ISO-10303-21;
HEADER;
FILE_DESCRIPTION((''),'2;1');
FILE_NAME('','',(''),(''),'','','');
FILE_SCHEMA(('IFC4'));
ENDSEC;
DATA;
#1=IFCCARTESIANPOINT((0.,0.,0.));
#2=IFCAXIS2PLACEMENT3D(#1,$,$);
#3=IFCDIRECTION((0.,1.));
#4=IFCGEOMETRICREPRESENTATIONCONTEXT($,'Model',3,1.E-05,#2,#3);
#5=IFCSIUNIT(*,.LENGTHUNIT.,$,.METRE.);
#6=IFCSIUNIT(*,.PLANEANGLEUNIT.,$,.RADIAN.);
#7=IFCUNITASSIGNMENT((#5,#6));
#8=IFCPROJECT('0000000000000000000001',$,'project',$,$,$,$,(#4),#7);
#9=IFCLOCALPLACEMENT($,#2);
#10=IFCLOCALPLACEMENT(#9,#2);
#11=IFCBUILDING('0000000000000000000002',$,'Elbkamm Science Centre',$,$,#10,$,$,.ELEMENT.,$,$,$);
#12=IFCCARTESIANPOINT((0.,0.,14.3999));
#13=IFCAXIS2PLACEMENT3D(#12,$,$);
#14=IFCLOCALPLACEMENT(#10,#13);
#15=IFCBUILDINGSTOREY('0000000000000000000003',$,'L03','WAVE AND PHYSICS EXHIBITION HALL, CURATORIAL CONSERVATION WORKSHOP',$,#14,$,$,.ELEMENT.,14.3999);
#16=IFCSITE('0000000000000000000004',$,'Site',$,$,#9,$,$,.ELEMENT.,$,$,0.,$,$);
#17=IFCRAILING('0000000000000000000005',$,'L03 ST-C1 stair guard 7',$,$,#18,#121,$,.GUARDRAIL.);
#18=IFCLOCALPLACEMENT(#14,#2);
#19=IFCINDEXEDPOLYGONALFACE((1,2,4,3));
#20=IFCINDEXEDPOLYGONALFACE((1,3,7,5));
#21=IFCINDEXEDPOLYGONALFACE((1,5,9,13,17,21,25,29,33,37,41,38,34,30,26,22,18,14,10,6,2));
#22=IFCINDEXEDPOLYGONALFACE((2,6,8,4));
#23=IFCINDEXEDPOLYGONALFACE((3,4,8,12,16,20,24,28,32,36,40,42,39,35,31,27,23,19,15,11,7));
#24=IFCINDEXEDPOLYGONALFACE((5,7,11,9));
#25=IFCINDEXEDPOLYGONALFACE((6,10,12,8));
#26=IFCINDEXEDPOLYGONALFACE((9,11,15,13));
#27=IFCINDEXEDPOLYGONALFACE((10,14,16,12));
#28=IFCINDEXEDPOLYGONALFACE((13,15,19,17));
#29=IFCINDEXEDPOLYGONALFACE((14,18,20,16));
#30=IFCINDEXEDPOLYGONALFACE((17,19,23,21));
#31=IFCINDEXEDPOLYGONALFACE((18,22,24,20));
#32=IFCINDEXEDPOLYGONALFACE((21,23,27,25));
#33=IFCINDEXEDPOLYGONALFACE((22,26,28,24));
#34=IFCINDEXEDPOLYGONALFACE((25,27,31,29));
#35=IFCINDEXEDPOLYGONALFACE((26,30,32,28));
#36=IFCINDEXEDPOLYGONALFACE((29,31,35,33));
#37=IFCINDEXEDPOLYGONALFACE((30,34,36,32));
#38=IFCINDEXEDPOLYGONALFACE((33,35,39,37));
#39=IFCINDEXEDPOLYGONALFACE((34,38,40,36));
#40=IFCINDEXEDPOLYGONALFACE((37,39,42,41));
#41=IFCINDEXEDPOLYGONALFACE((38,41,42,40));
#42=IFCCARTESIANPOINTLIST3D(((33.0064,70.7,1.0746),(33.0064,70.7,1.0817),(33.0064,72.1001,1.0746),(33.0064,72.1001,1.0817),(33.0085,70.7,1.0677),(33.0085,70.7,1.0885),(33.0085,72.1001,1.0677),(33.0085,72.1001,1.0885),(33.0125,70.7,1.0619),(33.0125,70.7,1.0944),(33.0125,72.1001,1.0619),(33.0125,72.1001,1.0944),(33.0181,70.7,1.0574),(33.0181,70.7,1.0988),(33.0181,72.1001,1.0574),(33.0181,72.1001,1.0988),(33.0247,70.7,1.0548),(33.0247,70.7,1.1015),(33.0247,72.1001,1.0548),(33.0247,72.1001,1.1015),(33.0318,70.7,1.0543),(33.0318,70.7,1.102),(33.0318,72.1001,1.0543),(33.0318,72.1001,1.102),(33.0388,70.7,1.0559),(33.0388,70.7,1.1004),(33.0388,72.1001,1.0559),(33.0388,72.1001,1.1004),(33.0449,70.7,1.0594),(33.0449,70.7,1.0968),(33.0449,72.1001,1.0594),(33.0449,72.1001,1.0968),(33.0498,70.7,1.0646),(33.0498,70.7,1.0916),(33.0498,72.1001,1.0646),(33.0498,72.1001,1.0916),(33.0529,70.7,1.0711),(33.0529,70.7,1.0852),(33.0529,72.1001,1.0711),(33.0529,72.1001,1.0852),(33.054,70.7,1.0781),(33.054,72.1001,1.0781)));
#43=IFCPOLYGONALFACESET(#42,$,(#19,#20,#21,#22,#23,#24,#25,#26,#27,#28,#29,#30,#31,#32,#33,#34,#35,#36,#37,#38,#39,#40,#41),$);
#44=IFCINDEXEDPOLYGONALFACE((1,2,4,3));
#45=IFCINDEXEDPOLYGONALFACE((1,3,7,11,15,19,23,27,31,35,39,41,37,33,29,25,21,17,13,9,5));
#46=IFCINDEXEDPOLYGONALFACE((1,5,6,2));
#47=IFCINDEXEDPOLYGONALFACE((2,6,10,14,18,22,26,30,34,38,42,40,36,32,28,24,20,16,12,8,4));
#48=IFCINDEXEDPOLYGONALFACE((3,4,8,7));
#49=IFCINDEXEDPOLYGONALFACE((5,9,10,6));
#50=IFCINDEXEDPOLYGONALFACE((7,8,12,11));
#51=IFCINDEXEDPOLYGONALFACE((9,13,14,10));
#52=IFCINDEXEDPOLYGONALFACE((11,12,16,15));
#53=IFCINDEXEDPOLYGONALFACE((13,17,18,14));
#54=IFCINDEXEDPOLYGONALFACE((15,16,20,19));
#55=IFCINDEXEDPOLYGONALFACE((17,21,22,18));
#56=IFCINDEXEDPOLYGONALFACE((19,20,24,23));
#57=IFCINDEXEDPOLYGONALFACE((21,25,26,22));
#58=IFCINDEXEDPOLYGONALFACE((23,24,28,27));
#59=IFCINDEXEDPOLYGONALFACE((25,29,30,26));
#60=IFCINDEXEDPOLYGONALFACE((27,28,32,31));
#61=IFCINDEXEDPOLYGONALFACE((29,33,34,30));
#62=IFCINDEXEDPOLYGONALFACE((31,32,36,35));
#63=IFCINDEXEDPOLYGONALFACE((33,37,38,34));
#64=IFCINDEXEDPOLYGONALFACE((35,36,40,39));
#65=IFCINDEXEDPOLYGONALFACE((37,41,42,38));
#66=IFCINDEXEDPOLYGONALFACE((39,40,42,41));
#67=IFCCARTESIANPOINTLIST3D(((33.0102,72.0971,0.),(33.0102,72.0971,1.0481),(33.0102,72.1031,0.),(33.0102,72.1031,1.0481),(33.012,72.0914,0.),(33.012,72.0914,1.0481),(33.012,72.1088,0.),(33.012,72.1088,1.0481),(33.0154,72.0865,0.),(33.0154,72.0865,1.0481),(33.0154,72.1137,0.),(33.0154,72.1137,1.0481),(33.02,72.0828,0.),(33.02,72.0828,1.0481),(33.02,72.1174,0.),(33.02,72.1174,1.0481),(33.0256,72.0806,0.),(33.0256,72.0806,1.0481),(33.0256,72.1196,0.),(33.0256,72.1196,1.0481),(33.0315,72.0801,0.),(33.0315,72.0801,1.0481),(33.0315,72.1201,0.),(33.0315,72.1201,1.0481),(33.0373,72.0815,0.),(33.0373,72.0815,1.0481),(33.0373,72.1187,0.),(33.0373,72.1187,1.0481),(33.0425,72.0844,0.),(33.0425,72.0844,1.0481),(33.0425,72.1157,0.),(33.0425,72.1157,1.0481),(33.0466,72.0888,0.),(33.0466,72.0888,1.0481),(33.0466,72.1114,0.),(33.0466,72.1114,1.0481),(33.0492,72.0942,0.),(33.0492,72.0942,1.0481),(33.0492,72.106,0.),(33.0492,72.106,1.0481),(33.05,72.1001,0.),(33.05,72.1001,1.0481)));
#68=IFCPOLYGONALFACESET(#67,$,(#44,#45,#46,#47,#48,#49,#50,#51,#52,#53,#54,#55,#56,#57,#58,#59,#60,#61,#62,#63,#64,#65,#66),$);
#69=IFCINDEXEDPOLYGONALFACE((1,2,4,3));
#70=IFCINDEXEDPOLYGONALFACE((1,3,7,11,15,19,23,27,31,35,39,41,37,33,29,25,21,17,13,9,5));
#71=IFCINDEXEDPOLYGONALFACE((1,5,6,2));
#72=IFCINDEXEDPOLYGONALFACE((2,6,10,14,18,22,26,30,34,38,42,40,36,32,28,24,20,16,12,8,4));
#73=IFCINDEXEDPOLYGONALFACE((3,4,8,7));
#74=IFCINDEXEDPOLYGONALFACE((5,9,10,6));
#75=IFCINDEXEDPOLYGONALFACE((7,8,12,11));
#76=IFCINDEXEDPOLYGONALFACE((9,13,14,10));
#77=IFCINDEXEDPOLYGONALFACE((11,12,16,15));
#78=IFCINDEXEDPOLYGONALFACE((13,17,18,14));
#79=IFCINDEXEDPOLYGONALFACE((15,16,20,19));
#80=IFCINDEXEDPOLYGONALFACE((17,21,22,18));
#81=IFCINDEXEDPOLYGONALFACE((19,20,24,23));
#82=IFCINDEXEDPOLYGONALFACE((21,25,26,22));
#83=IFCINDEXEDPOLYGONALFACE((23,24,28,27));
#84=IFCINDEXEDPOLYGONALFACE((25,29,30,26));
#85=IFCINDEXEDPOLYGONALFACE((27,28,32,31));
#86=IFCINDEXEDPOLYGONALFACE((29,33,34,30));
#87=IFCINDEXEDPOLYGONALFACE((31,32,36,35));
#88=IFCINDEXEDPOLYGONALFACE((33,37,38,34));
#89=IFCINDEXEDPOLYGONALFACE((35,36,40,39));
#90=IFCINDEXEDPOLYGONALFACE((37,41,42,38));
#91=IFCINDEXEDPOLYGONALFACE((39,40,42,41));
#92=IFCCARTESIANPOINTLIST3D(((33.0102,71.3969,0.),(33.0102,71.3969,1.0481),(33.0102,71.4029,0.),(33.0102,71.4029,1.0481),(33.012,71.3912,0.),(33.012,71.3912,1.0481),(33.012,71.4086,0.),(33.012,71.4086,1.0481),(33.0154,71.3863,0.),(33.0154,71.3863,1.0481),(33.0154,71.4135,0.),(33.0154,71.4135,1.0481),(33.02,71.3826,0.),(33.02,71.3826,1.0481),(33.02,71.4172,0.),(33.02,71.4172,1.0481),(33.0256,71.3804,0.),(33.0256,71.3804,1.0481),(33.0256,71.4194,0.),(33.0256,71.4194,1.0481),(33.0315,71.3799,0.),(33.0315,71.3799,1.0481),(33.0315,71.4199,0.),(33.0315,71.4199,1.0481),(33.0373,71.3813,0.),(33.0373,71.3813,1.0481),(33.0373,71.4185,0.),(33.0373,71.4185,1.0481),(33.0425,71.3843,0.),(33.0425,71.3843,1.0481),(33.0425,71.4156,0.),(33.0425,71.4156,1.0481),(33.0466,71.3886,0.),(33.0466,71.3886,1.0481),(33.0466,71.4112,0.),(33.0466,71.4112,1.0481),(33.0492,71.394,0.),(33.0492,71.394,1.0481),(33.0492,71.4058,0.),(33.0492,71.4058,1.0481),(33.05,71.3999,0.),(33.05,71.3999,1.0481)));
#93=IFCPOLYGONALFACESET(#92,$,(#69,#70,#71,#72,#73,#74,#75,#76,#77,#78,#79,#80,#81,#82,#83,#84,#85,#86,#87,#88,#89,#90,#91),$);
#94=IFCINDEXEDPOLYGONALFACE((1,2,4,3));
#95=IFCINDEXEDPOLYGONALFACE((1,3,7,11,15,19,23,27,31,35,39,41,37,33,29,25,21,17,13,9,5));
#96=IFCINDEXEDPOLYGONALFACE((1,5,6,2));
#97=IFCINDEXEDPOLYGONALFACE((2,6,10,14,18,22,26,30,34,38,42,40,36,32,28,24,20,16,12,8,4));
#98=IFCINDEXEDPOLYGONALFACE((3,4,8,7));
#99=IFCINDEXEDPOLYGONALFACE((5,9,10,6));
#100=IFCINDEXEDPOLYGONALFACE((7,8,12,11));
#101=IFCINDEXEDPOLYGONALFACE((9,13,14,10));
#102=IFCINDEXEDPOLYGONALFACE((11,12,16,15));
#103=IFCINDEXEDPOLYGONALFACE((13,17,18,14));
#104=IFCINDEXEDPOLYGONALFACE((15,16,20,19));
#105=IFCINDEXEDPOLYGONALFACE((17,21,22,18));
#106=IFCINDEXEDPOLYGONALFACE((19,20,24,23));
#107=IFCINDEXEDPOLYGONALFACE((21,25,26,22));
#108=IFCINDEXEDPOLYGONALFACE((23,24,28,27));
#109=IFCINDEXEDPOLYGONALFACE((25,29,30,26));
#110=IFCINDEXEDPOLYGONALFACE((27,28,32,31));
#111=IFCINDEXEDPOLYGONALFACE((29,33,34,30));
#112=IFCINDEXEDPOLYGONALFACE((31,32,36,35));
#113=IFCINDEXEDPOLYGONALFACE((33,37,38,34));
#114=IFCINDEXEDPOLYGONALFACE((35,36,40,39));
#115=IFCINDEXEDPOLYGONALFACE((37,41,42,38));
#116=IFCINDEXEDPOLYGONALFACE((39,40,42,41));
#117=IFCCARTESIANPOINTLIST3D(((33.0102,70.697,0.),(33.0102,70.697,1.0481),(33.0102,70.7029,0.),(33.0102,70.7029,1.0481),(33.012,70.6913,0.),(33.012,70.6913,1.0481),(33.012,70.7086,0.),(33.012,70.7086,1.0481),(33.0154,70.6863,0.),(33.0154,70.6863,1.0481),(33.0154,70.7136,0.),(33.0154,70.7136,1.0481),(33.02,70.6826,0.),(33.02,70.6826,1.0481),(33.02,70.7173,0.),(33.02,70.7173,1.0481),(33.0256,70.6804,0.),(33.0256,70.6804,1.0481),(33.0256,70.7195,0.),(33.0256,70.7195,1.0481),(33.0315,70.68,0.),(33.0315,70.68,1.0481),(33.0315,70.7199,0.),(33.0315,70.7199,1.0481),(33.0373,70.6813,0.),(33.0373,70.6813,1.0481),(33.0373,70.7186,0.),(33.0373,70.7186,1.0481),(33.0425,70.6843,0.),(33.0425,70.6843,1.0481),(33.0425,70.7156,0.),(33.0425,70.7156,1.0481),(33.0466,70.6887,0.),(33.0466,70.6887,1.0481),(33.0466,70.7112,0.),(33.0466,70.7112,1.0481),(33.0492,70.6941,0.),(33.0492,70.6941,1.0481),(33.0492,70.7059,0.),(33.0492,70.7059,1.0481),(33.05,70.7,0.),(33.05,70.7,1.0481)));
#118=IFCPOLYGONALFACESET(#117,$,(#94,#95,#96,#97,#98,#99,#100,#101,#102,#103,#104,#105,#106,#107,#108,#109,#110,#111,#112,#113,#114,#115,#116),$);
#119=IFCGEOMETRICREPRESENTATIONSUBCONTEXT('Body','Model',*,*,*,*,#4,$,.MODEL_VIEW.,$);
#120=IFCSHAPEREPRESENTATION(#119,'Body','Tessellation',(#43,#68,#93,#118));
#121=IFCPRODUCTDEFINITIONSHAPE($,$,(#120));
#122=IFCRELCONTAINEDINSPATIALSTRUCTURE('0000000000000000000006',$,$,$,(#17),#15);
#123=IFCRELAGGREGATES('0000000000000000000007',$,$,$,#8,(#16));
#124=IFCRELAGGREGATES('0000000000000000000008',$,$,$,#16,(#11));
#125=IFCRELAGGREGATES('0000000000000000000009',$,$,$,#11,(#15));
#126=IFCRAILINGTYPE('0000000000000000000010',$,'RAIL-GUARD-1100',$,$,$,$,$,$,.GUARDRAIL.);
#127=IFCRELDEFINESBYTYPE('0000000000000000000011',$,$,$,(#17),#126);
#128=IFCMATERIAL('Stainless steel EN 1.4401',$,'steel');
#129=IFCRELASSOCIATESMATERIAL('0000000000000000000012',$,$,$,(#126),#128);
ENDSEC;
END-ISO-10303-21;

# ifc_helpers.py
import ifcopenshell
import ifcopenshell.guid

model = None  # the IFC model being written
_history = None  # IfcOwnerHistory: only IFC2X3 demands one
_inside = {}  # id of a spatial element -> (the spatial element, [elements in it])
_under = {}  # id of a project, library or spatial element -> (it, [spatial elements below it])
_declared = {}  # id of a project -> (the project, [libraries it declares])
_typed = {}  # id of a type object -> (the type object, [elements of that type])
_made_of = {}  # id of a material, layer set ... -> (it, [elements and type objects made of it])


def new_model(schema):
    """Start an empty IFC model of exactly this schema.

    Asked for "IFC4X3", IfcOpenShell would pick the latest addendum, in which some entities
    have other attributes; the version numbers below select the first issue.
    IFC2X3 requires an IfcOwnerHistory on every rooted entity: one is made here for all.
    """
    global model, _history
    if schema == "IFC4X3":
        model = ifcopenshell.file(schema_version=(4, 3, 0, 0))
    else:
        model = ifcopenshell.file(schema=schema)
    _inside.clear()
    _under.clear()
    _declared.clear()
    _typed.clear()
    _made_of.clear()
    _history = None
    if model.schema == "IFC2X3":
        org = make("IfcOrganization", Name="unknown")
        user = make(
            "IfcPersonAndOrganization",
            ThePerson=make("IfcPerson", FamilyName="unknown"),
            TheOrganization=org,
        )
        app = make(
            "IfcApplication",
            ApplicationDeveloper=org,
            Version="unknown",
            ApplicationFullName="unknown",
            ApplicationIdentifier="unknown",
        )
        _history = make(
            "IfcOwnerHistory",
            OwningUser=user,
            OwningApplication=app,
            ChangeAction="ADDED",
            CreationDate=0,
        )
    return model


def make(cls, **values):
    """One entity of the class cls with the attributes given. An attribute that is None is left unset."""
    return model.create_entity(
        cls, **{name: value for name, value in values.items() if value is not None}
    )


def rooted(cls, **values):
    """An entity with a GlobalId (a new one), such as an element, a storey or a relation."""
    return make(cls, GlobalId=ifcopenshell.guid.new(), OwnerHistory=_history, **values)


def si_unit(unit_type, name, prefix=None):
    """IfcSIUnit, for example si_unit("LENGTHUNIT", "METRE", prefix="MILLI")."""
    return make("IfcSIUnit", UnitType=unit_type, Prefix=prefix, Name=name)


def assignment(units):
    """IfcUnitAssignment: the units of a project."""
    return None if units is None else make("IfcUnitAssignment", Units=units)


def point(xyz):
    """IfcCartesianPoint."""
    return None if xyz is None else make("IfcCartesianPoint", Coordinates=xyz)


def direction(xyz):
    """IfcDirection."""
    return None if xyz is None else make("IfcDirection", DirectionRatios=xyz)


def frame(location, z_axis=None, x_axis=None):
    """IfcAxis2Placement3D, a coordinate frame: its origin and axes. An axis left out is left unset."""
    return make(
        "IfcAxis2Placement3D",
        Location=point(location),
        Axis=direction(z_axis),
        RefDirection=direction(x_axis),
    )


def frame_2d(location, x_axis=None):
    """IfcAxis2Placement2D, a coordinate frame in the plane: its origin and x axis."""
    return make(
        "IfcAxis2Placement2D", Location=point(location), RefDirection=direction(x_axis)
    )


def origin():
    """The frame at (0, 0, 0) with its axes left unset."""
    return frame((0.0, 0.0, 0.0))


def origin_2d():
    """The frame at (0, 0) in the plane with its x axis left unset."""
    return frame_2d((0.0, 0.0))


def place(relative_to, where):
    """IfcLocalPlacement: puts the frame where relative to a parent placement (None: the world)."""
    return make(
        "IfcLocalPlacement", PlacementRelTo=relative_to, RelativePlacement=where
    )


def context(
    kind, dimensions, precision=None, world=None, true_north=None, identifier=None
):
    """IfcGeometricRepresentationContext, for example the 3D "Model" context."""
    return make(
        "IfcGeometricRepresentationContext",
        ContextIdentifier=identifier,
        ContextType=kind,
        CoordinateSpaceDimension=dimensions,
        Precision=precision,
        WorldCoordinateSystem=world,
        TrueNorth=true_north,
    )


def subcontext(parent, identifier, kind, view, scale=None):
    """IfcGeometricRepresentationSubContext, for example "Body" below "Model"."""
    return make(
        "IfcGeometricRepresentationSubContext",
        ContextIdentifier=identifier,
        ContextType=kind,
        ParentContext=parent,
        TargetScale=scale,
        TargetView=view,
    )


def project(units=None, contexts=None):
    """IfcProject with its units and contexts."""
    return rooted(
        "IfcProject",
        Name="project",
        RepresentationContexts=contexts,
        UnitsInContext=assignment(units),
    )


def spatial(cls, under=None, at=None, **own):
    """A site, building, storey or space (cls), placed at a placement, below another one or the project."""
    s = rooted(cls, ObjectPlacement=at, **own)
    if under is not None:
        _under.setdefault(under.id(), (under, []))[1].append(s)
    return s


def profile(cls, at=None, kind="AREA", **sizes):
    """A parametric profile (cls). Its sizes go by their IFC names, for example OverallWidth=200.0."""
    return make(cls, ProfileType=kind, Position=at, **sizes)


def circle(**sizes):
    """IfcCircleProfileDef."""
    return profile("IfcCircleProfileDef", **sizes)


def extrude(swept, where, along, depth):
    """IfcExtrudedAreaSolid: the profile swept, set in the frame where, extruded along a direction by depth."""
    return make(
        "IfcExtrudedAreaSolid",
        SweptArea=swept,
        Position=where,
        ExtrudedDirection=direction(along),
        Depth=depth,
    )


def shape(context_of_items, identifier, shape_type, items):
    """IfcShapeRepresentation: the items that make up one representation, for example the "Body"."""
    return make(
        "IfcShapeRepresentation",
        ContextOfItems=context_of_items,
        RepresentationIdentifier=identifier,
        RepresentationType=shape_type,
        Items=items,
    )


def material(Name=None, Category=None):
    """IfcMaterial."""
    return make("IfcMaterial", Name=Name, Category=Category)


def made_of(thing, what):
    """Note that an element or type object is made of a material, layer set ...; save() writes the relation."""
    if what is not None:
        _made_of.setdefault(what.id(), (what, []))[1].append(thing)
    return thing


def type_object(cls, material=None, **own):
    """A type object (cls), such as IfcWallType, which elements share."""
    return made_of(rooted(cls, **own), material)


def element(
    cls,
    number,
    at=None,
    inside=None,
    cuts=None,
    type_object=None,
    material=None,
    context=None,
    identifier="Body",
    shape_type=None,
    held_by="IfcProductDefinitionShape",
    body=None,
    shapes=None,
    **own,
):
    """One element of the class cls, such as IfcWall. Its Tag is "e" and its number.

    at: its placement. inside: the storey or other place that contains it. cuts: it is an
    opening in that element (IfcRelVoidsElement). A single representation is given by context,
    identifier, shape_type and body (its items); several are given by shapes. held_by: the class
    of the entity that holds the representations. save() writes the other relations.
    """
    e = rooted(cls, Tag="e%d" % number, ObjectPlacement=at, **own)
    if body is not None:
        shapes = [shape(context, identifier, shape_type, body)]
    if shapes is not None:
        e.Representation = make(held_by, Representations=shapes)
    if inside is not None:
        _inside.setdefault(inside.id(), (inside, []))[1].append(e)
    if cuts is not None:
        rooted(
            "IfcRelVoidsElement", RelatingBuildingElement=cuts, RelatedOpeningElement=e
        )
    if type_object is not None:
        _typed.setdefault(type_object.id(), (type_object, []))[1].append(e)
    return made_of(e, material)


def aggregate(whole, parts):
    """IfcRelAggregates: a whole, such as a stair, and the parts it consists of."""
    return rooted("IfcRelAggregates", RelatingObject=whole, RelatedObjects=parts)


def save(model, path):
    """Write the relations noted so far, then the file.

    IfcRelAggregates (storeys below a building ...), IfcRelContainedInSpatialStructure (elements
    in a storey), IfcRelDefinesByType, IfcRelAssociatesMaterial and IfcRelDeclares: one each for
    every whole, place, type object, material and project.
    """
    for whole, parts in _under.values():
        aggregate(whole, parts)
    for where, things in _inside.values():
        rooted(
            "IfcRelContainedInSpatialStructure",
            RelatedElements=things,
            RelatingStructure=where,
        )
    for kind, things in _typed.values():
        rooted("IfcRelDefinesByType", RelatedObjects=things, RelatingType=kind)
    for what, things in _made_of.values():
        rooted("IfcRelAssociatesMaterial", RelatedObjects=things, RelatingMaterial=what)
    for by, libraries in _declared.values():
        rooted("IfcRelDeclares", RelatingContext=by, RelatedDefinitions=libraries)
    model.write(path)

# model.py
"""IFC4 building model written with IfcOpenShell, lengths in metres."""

from ifc_helpers import new_model, si_unit, direction, frame, origin, origin_2d, place, context, subcontext, project, spatial, circle, extrude, material, type_object, element, save


model = new_model("IFC4")

# Units and contexts
model_context = context("Model", 3, precision=1e-05, world=origin(), true_north=direction((0.0, 1.0)))
body_context = subcontext(model_context, "Body", "Model", "MODEL_VIEW")
ifc_project = project(units=[si_unit("LENGTHUNIT", "METRE"), si_unit("PLANEANGLEUNIT", "RADIAN")], contexts=[model_context])

# Site, building, storey
site_placement = place(None, origin())
site = spatial("IfcSite", under=ifc_project, at=site_placement, Name="Site", CompositionType="ELEMENT", RefElevation=0.0)
building_placement = place(site_placement, origin())
building = spatial("IfcBuilding", under=site, at=building_placement, Name="Elbkamm Science Centre", CompositionType="ELEMENT")
storey_placement = place(building_placement, frame((0.0, 0.0, 14.3999)))
storey = spatial("IfcBuildingStorey", under=building, at=storey_placement, Name="L03", Description="WAVE AND PHYSICS EXHIBITION HALL, CURATORIAL CONSERVATION WORKSHOP", CompositionType="ELEMENT", Elevation=14.3999)

# Railing
ifc_material_1 = material(Name="Stainless steel EN 1.4401", Category="steel")
railing_type_1 = type_object("IfcRailingType", Name="RAIL-GUARD-1100", PredefinedType="GUARDRAIL", material=ifc_material_1)
railing_1_placement = place(storey_placement, frame((33.03, 72.1001, 0.0)))
element("IfcRailing", 1, at=railing_1_placement, inside=storey, type_object=railing_type_1, Name="L03 ST-C1 stair guard 7", PredefinedType="GUARDRAIL", context=body_context, shape_type="SweptSolid", body=[
    extrude(circle(Radius=0.0239, at=origin_2d()), frame((0.0, 0.0, 1.0781), z_axis=(0.0, -1.0, 0.0), x_axis=(1.0, 0.0, 0.0)), (0.0, 0.0, 1.0), 1.4001),
    extrude(circle(Radius=0.02, at=origin_2d()), origin(), (0.0, 0.0, 1.0), 1.0481),
    extrude(circle(Radius=0.02, at=origin_2d()), frame((0.0, -0.7002, 0.0)), (0.0, 0.0, 1.0), 1.0481),
    extrude(circle(Radius=0.02, at=origin_2d()), frame((0.0, -1.4001, 0.0)), (0.0, 0.0, 1.0), 1.0481),
])

save(model, "model.ifc")
